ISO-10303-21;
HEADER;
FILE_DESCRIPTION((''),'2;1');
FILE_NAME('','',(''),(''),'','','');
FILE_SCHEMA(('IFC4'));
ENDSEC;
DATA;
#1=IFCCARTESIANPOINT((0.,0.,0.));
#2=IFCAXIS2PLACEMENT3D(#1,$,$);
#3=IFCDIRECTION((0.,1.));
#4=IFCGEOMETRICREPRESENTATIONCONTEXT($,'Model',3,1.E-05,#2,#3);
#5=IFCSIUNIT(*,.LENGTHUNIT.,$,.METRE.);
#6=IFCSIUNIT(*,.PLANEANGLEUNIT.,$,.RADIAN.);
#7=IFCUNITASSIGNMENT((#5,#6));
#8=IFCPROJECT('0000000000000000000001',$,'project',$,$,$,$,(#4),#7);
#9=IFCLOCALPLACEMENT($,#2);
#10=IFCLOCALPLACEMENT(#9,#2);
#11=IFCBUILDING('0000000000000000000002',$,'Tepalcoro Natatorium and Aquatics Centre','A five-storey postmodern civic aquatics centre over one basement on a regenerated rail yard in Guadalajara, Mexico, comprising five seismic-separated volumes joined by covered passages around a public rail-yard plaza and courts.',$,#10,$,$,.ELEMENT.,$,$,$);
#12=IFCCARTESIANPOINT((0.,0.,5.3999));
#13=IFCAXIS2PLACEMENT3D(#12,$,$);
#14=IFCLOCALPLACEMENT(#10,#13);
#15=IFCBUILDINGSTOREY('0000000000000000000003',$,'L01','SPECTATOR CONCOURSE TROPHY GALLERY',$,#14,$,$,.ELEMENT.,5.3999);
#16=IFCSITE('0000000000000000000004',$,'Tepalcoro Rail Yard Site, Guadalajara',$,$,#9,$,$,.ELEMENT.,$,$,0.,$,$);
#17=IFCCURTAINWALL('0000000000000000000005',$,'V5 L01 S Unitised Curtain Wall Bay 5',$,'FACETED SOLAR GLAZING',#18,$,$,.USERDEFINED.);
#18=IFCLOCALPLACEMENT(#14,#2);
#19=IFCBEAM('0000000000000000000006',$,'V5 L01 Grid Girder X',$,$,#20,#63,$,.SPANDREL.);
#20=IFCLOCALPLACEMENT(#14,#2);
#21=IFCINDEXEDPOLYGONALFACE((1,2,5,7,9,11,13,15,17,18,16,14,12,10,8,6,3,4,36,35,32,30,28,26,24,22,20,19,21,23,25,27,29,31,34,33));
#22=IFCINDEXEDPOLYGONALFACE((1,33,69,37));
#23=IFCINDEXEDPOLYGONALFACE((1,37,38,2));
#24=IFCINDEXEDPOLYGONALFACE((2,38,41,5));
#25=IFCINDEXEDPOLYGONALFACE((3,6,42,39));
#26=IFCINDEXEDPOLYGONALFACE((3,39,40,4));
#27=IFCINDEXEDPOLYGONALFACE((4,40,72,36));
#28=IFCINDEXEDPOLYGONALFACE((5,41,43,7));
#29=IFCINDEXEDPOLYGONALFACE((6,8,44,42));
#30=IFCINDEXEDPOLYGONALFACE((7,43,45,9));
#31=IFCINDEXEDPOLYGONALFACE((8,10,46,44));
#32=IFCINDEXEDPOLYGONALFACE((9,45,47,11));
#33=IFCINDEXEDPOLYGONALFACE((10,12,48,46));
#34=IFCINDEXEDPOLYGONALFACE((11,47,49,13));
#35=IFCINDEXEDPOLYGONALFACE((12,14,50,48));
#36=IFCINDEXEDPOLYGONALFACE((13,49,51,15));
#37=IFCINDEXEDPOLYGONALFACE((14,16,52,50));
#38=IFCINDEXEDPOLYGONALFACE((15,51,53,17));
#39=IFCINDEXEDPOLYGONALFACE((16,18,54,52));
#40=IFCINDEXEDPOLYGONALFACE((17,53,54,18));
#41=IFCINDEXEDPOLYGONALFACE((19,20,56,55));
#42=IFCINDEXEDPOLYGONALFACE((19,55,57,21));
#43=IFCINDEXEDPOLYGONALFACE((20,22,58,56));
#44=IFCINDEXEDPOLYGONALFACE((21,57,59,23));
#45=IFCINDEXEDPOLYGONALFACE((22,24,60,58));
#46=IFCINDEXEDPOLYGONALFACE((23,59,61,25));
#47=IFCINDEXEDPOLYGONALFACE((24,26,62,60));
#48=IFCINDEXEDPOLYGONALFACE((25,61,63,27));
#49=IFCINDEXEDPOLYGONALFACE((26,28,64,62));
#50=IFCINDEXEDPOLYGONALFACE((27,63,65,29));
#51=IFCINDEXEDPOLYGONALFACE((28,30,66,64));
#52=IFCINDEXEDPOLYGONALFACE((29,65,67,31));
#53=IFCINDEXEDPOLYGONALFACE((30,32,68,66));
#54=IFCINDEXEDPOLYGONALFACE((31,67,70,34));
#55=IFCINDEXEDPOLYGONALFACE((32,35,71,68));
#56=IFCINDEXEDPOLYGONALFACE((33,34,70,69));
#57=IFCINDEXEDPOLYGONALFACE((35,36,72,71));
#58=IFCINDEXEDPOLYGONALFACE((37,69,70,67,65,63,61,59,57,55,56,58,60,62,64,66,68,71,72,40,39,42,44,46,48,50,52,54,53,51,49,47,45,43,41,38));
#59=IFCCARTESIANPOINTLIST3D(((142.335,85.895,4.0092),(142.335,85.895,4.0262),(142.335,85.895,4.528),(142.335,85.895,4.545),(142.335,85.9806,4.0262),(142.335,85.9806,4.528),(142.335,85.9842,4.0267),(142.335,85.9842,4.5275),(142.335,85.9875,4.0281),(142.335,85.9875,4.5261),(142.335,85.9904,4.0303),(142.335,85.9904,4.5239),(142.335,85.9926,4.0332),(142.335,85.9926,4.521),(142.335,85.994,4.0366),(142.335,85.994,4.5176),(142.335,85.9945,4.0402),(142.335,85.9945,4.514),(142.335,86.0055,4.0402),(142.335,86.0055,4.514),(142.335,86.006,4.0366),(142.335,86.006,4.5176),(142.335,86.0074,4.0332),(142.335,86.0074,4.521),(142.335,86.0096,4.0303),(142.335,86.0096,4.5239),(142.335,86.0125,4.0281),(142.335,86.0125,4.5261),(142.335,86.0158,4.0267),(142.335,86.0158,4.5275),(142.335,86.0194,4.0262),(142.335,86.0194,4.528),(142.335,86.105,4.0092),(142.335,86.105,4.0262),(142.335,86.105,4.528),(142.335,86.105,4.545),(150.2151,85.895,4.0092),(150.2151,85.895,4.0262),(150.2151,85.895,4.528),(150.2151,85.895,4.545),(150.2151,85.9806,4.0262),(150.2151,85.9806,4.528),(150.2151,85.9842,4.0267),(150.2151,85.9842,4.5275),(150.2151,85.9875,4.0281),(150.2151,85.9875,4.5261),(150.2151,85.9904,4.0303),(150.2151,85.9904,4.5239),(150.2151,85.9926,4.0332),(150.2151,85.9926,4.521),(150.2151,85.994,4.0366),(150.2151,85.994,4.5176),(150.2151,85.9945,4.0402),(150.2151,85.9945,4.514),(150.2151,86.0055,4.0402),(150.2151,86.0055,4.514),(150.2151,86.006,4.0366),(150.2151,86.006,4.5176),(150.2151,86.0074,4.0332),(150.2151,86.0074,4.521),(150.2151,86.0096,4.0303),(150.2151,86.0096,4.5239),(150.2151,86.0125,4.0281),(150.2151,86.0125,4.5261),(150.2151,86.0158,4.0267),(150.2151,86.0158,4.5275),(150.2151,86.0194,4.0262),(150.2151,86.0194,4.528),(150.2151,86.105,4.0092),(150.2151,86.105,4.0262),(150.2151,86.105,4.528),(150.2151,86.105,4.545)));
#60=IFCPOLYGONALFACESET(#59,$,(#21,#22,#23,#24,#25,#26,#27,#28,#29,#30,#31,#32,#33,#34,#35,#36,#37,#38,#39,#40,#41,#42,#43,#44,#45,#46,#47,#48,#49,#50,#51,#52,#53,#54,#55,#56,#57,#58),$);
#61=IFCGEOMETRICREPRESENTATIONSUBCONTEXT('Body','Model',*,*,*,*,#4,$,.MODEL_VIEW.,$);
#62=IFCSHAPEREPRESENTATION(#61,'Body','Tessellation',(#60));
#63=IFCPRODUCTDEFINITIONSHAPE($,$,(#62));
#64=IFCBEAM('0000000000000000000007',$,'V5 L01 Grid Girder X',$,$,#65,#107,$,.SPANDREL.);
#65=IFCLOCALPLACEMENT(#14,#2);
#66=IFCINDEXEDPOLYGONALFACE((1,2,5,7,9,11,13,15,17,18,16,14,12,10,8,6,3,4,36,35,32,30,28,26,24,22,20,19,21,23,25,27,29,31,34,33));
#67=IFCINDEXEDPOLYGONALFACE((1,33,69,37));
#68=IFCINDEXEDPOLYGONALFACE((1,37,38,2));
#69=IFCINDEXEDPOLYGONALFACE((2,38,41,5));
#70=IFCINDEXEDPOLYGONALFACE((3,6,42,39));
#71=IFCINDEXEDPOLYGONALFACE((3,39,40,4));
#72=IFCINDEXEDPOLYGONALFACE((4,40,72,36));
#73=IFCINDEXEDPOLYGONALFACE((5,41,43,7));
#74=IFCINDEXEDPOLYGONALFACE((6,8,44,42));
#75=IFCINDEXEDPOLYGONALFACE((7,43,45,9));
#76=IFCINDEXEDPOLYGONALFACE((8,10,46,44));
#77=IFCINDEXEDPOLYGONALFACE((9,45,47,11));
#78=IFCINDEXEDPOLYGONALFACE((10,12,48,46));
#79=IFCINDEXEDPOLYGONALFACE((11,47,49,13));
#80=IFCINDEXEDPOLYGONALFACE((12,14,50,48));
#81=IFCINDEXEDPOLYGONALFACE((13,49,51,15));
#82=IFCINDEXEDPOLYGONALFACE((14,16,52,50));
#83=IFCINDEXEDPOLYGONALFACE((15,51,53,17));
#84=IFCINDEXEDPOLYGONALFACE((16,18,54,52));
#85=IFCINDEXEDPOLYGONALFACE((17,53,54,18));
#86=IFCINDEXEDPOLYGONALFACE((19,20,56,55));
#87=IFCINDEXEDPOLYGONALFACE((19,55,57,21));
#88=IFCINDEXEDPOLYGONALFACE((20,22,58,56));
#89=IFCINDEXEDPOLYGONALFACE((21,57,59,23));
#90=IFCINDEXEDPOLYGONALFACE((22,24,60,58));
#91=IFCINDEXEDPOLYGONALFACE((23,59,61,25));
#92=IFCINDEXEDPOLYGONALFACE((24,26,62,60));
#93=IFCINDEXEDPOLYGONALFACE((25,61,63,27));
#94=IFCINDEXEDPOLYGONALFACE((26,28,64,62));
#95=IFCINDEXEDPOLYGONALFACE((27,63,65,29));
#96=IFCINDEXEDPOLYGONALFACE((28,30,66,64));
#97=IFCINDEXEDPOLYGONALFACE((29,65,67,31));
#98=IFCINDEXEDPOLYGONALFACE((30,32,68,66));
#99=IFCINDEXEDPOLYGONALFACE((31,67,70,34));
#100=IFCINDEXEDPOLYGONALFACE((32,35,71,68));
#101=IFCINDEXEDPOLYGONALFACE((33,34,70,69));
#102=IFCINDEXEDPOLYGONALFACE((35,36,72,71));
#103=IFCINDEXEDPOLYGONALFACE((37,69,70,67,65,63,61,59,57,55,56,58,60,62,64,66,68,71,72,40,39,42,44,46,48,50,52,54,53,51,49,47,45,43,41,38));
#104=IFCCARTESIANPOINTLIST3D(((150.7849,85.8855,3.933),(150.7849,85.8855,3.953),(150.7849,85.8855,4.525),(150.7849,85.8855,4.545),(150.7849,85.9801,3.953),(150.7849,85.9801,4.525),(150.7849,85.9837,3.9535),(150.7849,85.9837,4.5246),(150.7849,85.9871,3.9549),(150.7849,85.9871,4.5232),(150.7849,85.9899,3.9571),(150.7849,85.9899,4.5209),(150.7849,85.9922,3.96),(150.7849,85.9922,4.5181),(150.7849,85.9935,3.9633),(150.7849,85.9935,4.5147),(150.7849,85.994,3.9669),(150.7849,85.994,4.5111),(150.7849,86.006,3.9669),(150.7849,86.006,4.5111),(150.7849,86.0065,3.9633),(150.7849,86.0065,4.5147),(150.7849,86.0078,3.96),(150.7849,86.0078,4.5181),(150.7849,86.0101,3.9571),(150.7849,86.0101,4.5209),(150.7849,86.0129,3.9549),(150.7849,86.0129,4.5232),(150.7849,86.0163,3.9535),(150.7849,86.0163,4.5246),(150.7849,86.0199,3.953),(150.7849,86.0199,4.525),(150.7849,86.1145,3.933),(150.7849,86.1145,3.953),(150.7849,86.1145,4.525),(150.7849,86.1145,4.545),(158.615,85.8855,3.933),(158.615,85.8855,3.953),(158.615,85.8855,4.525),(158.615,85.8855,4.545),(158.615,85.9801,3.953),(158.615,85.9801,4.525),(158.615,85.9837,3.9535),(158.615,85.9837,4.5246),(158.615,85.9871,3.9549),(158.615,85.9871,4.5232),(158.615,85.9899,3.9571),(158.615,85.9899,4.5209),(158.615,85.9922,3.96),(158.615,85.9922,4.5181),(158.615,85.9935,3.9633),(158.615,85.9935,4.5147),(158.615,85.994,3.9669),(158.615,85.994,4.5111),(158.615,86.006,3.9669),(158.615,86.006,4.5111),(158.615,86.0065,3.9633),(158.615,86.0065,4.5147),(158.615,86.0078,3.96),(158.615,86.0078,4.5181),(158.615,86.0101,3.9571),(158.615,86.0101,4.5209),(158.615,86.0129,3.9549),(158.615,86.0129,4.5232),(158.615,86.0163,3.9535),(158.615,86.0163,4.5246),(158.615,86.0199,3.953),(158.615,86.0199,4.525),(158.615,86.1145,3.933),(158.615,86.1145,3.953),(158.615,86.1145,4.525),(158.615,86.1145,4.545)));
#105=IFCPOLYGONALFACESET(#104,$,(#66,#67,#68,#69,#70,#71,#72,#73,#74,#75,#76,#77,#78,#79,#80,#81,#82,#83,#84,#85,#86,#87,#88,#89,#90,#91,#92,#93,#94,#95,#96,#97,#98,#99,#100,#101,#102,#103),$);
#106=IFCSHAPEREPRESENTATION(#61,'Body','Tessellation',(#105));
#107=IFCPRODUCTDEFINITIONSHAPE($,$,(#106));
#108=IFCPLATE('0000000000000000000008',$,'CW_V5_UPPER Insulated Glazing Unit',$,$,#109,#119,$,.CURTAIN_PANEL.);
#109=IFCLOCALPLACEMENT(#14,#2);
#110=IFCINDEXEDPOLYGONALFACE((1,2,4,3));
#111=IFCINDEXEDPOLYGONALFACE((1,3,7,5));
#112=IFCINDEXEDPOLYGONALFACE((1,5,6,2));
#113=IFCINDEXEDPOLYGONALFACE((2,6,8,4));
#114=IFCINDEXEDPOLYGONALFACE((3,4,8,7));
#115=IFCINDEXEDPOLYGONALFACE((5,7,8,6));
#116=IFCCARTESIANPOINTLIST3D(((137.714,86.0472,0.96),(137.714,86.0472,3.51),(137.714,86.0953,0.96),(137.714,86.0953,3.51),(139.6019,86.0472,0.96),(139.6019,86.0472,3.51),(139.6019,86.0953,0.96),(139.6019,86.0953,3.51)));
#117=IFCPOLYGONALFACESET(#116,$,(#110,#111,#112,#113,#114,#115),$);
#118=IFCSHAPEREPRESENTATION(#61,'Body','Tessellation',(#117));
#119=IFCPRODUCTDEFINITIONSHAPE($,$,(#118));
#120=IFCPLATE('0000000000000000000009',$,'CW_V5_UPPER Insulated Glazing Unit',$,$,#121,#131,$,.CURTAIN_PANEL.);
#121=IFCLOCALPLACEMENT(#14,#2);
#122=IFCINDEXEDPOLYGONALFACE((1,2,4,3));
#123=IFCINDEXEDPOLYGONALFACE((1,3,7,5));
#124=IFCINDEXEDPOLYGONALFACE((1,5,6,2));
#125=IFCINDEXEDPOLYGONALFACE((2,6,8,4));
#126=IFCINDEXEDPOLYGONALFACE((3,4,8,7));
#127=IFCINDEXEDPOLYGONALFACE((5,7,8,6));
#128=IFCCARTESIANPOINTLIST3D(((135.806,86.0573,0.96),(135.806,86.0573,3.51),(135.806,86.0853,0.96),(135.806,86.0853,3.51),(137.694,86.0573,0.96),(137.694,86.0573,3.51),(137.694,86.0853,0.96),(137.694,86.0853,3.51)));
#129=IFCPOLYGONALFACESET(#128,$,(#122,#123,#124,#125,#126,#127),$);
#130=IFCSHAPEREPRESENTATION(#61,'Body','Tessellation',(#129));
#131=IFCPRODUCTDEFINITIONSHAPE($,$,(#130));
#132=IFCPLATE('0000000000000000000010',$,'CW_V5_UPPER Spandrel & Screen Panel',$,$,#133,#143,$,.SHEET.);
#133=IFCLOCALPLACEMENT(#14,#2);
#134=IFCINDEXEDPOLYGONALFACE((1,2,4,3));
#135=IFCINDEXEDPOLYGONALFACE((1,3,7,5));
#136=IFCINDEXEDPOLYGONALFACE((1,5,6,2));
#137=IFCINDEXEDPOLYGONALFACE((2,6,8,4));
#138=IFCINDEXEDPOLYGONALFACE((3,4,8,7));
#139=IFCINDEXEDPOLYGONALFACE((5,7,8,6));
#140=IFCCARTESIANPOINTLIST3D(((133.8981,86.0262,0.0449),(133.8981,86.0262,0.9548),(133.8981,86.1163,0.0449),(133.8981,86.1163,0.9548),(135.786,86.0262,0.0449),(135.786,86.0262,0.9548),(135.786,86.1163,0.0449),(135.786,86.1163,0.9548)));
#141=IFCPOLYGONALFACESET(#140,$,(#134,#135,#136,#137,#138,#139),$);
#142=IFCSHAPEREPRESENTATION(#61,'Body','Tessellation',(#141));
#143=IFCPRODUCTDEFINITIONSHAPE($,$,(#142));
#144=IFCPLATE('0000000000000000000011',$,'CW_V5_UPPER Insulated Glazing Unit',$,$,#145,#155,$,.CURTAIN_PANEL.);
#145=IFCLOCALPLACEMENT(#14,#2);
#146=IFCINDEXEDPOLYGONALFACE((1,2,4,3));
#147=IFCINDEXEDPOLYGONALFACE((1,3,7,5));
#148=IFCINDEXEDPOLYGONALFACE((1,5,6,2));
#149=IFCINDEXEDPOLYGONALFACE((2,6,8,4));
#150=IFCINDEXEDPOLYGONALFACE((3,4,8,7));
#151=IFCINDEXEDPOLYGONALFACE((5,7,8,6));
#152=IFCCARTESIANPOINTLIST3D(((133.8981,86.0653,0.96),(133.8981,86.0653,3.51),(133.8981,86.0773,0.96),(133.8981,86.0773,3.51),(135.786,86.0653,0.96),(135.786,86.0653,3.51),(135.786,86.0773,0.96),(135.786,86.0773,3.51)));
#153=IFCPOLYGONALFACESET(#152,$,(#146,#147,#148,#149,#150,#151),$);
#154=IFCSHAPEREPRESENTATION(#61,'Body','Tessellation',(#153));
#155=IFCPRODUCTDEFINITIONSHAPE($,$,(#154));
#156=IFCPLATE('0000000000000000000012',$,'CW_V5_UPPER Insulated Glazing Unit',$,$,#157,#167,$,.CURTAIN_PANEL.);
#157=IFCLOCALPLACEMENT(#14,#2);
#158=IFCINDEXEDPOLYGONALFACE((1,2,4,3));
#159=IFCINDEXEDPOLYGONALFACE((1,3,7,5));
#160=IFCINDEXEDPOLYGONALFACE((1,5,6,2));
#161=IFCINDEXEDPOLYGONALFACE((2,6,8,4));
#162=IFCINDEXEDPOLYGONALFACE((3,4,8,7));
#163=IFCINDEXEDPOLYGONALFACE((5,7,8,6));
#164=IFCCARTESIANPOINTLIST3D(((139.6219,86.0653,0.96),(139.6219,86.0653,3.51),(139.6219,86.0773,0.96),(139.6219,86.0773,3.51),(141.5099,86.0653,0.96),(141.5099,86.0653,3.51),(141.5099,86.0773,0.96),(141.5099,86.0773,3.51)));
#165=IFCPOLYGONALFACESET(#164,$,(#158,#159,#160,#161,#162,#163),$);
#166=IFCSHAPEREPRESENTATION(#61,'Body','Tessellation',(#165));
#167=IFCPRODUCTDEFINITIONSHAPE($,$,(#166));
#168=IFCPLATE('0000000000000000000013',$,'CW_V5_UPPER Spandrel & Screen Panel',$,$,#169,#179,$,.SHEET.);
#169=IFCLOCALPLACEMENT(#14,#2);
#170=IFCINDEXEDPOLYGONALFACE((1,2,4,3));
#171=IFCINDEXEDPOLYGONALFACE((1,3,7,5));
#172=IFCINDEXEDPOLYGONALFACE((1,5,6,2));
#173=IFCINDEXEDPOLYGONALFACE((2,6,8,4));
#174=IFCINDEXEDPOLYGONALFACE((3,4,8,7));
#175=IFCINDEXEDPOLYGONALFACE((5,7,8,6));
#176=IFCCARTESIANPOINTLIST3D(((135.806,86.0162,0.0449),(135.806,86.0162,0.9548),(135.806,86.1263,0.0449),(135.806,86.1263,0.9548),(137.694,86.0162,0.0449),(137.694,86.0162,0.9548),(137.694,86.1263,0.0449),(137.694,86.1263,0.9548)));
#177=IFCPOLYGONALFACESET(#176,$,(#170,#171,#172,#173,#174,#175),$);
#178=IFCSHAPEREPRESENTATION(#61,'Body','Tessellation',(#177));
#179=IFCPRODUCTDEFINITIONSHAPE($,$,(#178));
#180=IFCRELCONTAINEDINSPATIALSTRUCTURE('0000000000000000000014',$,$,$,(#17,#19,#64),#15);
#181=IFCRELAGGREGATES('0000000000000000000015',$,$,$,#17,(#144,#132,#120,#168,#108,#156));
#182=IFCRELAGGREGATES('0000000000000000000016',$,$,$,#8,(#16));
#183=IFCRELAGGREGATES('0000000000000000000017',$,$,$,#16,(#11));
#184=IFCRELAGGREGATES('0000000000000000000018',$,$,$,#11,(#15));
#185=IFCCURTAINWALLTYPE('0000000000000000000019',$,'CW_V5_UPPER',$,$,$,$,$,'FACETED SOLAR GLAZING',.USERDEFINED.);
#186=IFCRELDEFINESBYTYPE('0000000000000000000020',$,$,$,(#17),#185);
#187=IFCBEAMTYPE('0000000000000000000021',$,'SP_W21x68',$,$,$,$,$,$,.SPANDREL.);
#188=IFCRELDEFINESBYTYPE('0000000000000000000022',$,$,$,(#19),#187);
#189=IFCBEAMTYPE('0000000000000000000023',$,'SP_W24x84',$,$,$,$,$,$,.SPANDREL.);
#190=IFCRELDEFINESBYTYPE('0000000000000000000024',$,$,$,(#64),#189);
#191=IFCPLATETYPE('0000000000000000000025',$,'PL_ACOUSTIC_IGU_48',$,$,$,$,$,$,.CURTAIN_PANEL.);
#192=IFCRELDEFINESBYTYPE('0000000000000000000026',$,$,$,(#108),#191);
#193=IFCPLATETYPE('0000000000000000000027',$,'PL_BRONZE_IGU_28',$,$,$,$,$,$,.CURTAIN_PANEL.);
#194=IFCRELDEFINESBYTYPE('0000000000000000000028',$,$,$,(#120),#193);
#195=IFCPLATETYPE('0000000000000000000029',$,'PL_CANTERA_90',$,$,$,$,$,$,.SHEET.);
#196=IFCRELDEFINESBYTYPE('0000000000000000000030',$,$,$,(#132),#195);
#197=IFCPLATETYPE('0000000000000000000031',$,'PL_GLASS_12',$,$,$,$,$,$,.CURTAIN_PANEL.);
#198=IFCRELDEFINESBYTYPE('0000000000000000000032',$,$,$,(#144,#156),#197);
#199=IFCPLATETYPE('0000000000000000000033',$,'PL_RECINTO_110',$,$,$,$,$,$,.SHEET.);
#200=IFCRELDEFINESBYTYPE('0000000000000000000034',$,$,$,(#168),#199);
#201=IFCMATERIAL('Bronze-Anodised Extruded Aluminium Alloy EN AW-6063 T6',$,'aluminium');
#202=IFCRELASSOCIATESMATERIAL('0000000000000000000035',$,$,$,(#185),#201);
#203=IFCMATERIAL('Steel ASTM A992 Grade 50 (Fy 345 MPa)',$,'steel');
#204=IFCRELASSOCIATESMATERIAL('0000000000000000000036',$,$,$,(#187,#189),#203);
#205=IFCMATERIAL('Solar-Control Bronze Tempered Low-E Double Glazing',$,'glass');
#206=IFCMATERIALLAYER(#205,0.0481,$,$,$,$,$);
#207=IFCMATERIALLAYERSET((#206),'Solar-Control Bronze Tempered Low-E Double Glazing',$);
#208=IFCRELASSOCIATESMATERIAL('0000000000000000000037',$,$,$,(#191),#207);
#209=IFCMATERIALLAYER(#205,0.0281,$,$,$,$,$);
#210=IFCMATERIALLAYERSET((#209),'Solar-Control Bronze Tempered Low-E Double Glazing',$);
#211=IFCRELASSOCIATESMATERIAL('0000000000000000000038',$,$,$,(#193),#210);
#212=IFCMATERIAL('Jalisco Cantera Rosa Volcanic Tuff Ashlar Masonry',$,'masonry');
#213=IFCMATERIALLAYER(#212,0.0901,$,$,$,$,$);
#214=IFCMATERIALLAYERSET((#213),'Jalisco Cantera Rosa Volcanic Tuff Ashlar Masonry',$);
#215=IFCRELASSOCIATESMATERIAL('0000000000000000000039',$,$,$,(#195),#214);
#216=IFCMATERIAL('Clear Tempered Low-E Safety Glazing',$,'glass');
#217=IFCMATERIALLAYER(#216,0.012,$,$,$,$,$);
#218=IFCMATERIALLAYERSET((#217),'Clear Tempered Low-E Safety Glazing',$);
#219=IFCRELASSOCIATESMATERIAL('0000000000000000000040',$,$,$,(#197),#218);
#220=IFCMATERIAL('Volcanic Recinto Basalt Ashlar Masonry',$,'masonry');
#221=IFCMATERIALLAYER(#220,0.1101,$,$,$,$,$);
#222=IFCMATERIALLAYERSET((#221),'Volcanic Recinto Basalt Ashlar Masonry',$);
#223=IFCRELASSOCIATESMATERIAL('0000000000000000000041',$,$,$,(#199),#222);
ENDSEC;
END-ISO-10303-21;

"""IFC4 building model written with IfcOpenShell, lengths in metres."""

from ifc_helpers import new_model, si_unit, direction, frame, origin, origin_2d, place, context, subcontext, project, spatial, rectangle, i_section, extrude, material, layer, layer_set, material_profile, profile_set, type_object, element, aggregate, save


model = new_model("IFC4")

# Units and contexts
model_context = context("Model", 3, precision=1e-05, world=origin(), true_north=direction((0.0, 1.0)))
body_context = subcontext(model_context, "Body", "Model", "MODEL_VIEW")
ifc_project = project(units=[si_unit("LENGTHUNIT", "METRE"), si_unit("PLANEANGLEUNIT", "RADIAN")], contexts=[model_context])

# Site, building, storey
site_placement = place(None, origin())
site = spatial("IfcSite", under=ifc_project, at=site_placement, Name="Tepalcoro Rail Yard Site, Guadalajara", CompositionType="ELEMENT", RefElevation=0.0)
building_placement = place(site_placement, origin())
building = spatial("IfcBuilding", under=site, at=building_placement, Name="Tepalcoro Natatorium and Aquatics Centre", Description="A five-storey postmodern civic aquatics centre over one basement on a regenerated rail yard in Guadalajara, Mexico, comprising five seismic-separated volumes joined by covered passages around a public rail-yard plaza and courts.", CompositionType="ELEMENT")
storey_placement = place(building_placement, frame((0.0, 0.0, 5.3999)))
storey = spatial("IfcBuildingStorey", under=building, at=storey_placement, Name="L01", Description="SPECTATOR CONCOURSE TROPHY GALLERY", CompositionType="ELEMENT", Elevation=5.3999)

# Shared definitions
ifc_material_1 = material(Name="Bronze-Anodised Extruded Aluminium Alloy EN AW-6063 T6", Category="aluminium")

# Curtain wall
curtain_wall_type_1 = type_object("IfcCurtainWallType", Name="CW_V5_UPPER", ElementType="FACETED SOLAR GLAZING", PredefinedType="USERDEFINED", material=ifc_material_1)
curtain_wall_1_placement = place(storey_placement, origin())
curtain_wall_1 = element("IfcCurtainWall", 1, at=curtain_wall_1_placement, inside=storey, type_object=curtain_wall_type_1, Name="V5 L01 S Unitised Curtain Wall Bay 5", ObjectType="FACETED SOLAR GLAZING", PredefinedType="USERDEFINED")

# Beams
ifc_material_2 = material(Name="Steel ASTM A992 Grade 50 (Fy 345 MPa)", Category="steel")
ifc_material_profile_1 = material_profile(ifc_material_2, i_section(OverallWidth=0.21, OverallDepth=0.5359, WebThickness=0.011, FlangeThickness=0.0171, FilletRadius=0.0139, at=origin_2d()), Name="W21X68")
ifc_profile_set_1 = profile_set([ifc_material_profile_1], Name="Steel ASTM A992 Grade 50 (Fy 345 MPa)")
beam_type_1 = type_object("IfcBeamType", Name="SP_W21x68", PredefinedType="SPANDREL", material=ifc_profile_set_1)
beam_1_placement = place(storey_placement, frame((142.335, 86.0, 4.2771), z_axis=(1.0, 0.0, 0.0), x_axis=(0.0, 1.0, 0.0)))
element("IfcBeam", 2, at=beam_1_placement, inside=storey, type_object=beam_type_1, Name="V5 L01 Grid Girder X", PredefinedType="SPANDREL", context=body_context, shape_type="SweptSolid", body=[
    extrude(i_section(OverallWidth=0.21, OverallDepth=0.5359, WebThickness=0.011, FlangeThickness=0.0171, FilletRadius=0.0139, at=origin_2d()), origin(), (0.0, 0.0, 1.0), 7.8801),
])
ifc_material_profile_2 = material_profile(ifc_material_2, i_section(OverallWidth=0.229, OverallDepth=0.6121, WebThickness=0.012, FlangeThickness=0.02, FilletRadius=0.0139, at=origin_2d()), Name="W24X84")
ifc_profile_set_2 = profile_set([ifc_material_profile_2], Name="Steel ASTM A992 Grade 50 (Fy 345 MPa)")
beam_type_2 = type_object("IfcBeamType", Name="SP_W24x84", PredefinedType="SPANDREL", material=ifc_profile_set_2)
beam_2_placement = place(storey_placement, frame((150.7849, 86.0, 4.239), z_axis=(1.0, 0.0, 0.0), x_axis=(0.0, 1.0, 0.0)))
element("IfcBeam", 3, at=beam_2_placement, inside=storey, type_object=beam_type_2, Name="V5 L01 Grid Girder X", PredefinedType="SPANDREL", context=body_context, shape_type="SweptSolid", body=[
    extrude(i_section(OverallWidth=0.229, OverallDepth=0.6121, WebThickness=0.012, FlangeThickness=0.02, FilletRadius=0.0139, at=origin_2d()), origin(), (0.0, 0.0, 1.0), 7.8301),
])

# Plates
ifc_material_3 = material(Name="Solar-Control Bronze Tempered Low-E Double Glazing", Category="glass")
ifc_layer_1 = layer(ifc_material_3, 0.0481)
ifc_layer_set_1 = layer_set([ifc_layer_1], Name="Solar-Control Bronze Tempered Low-E Double Glazing")
plate_type_1 = type_object("IfcPlateType", Name="PL_ACOUSTIC_IGU_48", PredefinedType="CURTAIN_PANEL", material=ifc_layer_set_1)
plate_1_placement = place(storey_placement, frame((138.658, 86.0713, 0.96), z_axis=(0.0, 0.0, 1.0), x_axis=(1.0, 0.0, 0.0)))
plate_1 = element("IfcPlate", 4, at=plate_1_placement, type_object=plate_type_1, Name="CW_V5_UPPER Insulated Glazing Unit", PredefinedType="CURTAIN_PANEL", context=body_context, shape_type="SweptSolid", body=[
    extrude(rectangle(XDim=1.8879, YDim=0.0481, at=origin_2d()), origin(), (0.0, 0.0, 1.0), 2.55),
])
ifc_layer_2 = layer(ifc_material_3, 0.0281)
ifc_layer_set_2 = layer_set([ifc_layer_2], Name="Solar-Control Bronze Tempered Low-E Double Glazing")
plate_type_2 = type_object("IfcPlateType", Name="PL_BRONZE_IGU_28", PredefinedType="CURTAIN_PANEL", material=ifc_layer_set_2)
plate_2_placement = place(storey_placement, frame((136.75, 86.0713, 0.96), z_axis=(0.0, 0.0, 1.0), x_axis=(1.0, 0.0, 0.0)))
plate_2 = element("IfcPlate", 5, at=plate_2_placement, type_object=plate_type_2, Name="CW_V5_UPPER Insulated Glazing Unit", PredefinedType="CURTAIN_PANEL", context=body_context, shape_type="SweptSolid", body=[
    extrude(rectangle(XDim=1.8879, YDim=0.0281, at=origin_2d()), origin(), (0.0, 0.0, 1.0), 2.55),
])
ifc_material_4 = material(Name="Jalisco Cantera Rosa Volcanic Tuff Ashlar Masonry", Category="masonry")
ifc_layer_3 = layer(ifc_material_4, 0.0901)
ifc_layer_set_3 = layer_set([ifc_layer_3], Name="Jalisco Cantera Rosa Volcanic Tuff Ashlar Masonry")
plate_type_3 = type_object("IfcPlateType", Name="PL_CANTERA_90", PredefinedType="SHEET", material=ifc_layer_set_3)
plate_3_placement = place(storey_placement, frame((134.842, 86.0713, 0.0449), z_axis=(0.0, 0.0, 1.0), x_axis=(1.0, 0.0, 0.0)))
plate_3 = element("IfcPlate", 6, at=plate_3_placement, type_object=plate_type_3, Name="CW_V5_UPPER Spandrel & Screen Panel", PredefinedType="SHEET", context=body_context, shape_type="SweptSolid", body=[
    extrude(rectangle(XDim=1.8879, YDim=0.0901, at=origin_2d()), origin(), (0.0, 0.0, 1.0), 0.9099),
])
ifc_material_5 = material(Name="Clear Tempered Low-E Safety Glazing", Category="glass")
ifc_layer_4 = layer(ifc_material_5, 0.012)
ifc_layer_set_4 = layer_set([ifc_layer_4], Name="Clear Tempered Low-E Safety Glazing")
plate_type_4 = type_object("IfcPlateType", Name="PL_GLASS_12", PredefinedType="CURTAIN_PANEL", material=ifc_layer_set_4)
plate_4_placement = place(storey_placement, frame((134.842, 86.0713, 0.96), z_axis=(0.0, 0.0, 1.0), x_axis=(1.0, 0.0, 0.0)))
plate_4 = element("IfcPlate", 7, at=plate_4_placement, type_object=plate_type_4, Name="CW_V5_UPPER Insulated Glazing Unit", PredefinedType="CURTAIN_PANEL", context=body_context, shape_type="SweptSolid", body=[
    extrude(rectangle(XDim=1.8879, YDim=0.012, at=origin_2d()), origin(), (0.0, 0.0, 1.0), 2.55),
])
plate_5_placement = place(storey_placement, frame((140.5659, 86.0713, 0.96), z_axis=(0.0, 0.0, 1.0), x_axis=(1.0, 0.0, 0.0)))
plate_5 = element("IfcPlate", 8, at=plate_5_placement, type_object=plate_type_4, Name="CW_V5_UPPER Insulated Glazing Unit", PredefinedType="CURTAIN_PANEL", context=body_context, shape_type="SweptSolid", body=[
    extrude(rectangle(XDim=1.8879, YDim=0.012, at=origin_2d()), origin(), (0.0, 0.0, 1.0), 2.55),
])
ifc_material_6 = material(Name="Volcanic Recinto Basalt Ashlar Masonry", Category="masonry")
ifc_layer_5 = layer(ifc_material_6, 0.1101)
ifc_layer_set_5 = layer_set([ifc_layer_5], Name="Volcanic Recinto Basalt Ashlar Masonry")
plate_type_5 = type_object("IfcPlateType", Name="PL_RECINTO_110", PredefinedType="SHEET", material=ifc_layer_set_5)
plate_6_placement = place(storey_placement, frame((136.75, 86.0713, 0.0449), z_axis=(0.0, 0.0, 1.0), x_axis=(1.0, 0.0, 0.0)))
plate_6 = element("IfcPlate", 9, at=plate_6_placement, type_object=plate_type_5, Name="CW_V5_UPPER Spandrel & Screen Panel", PredefinedType="SHEET", context=body_context, shape_type="SweptSolid", body=[
    extrude(rectangle(XDim=1.8879, YDim=0.1101, at=origin_2d()), origin(), (0.0, 0.0, 1.0), 0.9099),
])
aggregate(curtain_wall_1, [plate_4, plate_3, plate_2, plate_6, plate_1, plate_5])

save(model, "model.ifc")
